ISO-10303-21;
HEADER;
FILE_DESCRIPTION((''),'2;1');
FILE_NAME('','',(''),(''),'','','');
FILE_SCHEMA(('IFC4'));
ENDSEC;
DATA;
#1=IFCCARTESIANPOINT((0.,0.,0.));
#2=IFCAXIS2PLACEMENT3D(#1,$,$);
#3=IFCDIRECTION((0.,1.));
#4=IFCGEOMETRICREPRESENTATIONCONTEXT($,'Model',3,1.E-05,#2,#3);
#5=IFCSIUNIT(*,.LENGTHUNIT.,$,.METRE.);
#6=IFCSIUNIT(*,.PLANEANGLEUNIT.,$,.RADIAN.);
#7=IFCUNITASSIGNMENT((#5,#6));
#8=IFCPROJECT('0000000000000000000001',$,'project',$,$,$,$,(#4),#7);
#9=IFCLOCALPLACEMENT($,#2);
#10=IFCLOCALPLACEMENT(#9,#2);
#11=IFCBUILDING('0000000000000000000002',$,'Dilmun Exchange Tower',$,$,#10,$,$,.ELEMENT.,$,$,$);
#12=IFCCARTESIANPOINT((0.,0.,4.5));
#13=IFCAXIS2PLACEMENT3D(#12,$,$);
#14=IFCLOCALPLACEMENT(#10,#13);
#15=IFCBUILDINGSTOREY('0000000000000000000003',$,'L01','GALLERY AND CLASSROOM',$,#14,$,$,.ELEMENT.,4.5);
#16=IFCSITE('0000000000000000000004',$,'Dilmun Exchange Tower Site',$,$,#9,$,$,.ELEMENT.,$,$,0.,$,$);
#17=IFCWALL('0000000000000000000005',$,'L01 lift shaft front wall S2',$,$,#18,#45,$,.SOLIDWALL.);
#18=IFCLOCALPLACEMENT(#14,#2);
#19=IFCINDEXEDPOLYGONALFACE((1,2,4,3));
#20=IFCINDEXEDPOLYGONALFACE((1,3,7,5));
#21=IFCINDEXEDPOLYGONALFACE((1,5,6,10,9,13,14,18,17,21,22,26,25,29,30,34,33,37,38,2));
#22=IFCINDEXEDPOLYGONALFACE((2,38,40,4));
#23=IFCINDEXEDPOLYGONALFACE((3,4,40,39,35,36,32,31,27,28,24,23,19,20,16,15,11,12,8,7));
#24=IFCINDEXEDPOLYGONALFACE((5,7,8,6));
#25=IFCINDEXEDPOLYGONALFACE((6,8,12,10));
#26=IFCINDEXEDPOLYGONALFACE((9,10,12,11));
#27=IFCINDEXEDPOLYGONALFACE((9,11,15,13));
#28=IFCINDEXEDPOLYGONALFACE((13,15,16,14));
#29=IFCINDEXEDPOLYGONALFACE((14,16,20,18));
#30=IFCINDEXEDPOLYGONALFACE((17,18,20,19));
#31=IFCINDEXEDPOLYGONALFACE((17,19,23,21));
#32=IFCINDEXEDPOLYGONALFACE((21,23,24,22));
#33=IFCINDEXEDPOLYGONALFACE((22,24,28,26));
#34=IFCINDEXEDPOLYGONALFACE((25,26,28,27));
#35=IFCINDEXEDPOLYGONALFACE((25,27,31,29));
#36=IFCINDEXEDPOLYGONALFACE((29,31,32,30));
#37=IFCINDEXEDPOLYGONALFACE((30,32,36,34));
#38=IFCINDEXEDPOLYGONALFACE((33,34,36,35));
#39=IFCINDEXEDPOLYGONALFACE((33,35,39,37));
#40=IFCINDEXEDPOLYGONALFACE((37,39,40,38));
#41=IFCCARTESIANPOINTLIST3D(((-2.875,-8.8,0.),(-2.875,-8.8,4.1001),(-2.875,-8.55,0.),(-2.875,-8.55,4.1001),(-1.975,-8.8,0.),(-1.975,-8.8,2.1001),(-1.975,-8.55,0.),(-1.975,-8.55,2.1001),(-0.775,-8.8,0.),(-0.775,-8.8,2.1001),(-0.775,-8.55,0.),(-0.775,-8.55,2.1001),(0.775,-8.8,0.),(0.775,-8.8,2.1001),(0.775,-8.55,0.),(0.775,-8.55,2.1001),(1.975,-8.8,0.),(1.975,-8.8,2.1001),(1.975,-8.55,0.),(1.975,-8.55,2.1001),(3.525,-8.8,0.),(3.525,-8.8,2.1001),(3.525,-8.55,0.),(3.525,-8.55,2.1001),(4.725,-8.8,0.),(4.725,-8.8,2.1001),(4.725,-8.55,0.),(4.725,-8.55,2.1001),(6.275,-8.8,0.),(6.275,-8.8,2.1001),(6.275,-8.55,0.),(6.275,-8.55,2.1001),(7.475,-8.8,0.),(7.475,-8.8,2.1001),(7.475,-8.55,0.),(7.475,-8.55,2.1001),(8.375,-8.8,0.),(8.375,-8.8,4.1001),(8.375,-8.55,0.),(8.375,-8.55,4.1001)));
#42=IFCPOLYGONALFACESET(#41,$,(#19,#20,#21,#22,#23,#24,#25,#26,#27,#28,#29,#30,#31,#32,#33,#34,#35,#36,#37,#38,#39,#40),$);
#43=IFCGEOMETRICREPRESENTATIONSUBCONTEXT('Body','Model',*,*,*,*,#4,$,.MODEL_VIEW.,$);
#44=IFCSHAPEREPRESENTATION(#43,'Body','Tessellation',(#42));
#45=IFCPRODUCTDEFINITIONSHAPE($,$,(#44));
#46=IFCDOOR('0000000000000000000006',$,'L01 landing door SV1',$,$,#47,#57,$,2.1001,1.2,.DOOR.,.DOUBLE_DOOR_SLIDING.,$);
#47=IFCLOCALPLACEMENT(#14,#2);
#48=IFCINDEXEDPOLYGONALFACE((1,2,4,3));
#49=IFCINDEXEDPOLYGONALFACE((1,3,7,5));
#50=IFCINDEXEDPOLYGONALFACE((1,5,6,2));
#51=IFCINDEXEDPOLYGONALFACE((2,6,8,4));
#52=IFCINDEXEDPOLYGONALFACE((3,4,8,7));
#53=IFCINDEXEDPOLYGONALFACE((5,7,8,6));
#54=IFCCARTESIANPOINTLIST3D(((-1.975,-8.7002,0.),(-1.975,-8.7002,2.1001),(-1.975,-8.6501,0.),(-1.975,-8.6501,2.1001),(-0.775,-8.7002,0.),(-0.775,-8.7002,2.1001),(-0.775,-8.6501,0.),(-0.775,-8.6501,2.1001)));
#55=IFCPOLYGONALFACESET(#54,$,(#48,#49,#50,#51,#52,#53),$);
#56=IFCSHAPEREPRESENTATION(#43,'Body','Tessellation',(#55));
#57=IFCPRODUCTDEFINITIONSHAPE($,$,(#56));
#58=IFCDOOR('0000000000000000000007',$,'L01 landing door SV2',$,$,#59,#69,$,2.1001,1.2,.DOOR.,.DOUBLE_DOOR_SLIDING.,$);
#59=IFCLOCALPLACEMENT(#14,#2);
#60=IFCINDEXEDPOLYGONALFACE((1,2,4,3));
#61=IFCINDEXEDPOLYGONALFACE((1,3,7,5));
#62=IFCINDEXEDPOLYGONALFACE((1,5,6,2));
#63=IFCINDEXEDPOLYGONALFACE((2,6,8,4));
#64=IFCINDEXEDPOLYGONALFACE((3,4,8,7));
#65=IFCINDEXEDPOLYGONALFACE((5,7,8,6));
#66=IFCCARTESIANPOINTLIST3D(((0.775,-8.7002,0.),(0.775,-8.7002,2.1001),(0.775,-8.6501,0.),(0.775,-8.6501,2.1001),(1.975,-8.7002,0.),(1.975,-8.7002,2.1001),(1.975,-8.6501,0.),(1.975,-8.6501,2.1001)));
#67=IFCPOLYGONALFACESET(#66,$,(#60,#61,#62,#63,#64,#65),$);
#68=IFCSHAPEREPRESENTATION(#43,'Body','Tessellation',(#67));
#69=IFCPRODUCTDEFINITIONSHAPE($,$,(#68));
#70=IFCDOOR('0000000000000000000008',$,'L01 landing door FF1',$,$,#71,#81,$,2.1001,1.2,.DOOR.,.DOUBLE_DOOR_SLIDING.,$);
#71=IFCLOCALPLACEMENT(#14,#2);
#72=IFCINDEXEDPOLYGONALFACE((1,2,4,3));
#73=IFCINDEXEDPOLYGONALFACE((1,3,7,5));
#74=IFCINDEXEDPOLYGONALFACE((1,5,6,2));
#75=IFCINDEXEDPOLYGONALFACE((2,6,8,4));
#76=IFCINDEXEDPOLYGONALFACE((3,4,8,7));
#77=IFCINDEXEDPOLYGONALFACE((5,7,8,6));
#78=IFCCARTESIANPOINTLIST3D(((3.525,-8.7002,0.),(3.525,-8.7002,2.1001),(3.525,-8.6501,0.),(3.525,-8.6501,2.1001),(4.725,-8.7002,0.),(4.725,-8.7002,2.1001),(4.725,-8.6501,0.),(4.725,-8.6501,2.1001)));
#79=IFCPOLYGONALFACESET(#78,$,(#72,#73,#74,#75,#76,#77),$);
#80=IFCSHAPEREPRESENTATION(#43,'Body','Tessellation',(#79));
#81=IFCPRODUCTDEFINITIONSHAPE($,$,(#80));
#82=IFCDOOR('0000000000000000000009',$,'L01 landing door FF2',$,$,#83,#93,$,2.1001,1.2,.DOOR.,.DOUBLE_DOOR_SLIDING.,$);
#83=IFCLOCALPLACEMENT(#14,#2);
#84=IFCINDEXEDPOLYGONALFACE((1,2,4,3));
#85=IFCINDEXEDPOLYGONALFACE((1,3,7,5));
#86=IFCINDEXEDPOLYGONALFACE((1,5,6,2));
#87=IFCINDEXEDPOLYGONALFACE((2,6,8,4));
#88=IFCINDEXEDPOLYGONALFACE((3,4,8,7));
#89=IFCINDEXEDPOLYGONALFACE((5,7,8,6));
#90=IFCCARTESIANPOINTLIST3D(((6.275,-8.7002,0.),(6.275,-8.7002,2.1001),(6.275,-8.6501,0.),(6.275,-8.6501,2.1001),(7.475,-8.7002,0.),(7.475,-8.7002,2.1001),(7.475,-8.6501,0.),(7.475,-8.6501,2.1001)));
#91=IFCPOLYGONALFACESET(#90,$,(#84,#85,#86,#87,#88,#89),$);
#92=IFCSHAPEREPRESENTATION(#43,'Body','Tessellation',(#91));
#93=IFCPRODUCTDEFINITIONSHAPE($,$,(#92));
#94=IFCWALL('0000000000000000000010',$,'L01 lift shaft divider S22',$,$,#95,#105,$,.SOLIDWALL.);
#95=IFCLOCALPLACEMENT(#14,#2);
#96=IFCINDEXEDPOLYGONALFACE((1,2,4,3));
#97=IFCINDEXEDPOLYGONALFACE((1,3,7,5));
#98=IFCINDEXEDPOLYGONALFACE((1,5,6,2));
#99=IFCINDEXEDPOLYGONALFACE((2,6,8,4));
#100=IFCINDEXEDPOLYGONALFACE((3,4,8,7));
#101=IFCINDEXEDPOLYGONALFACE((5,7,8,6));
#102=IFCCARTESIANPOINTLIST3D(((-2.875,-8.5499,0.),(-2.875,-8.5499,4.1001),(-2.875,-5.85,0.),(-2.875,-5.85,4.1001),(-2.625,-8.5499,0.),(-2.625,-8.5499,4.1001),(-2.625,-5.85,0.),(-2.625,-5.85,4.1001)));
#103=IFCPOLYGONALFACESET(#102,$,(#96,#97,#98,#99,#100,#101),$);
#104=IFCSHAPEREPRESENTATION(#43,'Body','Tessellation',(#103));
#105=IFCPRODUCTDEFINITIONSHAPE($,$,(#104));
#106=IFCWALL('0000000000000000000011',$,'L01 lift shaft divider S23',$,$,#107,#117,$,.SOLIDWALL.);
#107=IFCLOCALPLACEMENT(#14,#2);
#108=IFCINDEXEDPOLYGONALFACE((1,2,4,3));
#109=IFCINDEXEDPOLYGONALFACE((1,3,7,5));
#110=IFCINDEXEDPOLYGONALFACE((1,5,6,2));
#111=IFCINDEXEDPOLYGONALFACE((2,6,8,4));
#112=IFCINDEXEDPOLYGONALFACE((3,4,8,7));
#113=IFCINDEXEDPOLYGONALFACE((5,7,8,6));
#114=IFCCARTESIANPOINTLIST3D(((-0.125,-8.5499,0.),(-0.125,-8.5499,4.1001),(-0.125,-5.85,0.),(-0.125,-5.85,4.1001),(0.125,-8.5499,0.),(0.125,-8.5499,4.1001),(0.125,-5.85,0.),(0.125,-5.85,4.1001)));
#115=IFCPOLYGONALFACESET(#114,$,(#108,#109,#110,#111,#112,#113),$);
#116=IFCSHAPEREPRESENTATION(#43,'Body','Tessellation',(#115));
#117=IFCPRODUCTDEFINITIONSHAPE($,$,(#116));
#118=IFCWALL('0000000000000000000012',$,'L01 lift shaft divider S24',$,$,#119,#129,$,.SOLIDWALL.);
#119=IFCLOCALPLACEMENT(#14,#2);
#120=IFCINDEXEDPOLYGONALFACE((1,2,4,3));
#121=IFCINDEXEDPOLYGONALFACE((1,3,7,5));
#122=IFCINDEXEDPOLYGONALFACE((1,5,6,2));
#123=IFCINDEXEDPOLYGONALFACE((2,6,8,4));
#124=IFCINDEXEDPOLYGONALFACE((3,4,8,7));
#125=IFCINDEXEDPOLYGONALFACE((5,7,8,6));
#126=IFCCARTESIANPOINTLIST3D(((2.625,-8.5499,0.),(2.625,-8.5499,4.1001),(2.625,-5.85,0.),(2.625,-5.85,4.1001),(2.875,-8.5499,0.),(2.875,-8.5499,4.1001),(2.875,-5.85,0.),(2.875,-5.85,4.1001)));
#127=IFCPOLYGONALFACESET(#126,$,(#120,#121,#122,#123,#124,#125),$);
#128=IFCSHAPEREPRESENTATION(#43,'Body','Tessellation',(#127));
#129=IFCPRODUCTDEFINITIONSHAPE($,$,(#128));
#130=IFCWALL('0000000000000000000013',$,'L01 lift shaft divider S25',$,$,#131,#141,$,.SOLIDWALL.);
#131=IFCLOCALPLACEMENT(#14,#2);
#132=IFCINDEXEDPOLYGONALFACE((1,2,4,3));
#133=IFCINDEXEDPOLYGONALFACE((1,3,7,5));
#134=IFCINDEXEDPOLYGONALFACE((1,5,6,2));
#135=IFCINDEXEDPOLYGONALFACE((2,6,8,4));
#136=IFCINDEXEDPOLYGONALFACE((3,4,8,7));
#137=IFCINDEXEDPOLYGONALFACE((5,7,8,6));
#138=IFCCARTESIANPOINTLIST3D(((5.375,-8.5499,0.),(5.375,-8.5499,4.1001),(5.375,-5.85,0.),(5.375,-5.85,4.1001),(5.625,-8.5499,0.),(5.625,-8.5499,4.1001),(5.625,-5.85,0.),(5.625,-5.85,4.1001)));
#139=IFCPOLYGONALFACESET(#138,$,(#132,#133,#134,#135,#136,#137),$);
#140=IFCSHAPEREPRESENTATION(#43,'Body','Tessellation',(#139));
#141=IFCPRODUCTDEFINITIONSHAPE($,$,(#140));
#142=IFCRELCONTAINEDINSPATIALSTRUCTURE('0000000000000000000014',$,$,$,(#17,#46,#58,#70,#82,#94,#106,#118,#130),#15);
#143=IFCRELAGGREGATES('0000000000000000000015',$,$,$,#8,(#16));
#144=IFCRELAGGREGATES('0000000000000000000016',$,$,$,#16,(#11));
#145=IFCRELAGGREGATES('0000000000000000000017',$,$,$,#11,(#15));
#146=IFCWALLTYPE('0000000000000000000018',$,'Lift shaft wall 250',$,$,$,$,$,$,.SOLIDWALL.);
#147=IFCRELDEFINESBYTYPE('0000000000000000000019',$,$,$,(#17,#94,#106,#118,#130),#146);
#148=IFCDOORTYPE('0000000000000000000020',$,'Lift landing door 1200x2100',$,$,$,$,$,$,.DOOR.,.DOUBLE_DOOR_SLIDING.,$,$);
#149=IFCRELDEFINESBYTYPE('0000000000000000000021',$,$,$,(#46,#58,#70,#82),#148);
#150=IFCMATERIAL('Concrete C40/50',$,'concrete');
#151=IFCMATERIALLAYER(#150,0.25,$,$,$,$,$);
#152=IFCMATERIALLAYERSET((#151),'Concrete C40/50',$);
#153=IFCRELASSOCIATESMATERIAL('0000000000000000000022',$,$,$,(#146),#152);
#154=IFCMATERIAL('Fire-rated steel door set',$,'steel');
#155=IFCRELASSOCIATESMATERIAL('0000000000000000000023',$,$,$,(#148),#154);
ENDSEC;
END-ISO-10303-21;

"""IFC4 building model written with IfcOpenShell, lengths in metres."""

from ifc_helpers import new_model, si_unit, direction, frame, frame_2d, origin, place, context, subcontext, project, spatial, rectangle, extrude, material, layer, layer_set, type_object, element, fill, save


model = new_model("IFC4")

# Units and contexts
model_context = context("Model", 3, precision=1e-05, world=origin(), true_north=direction((0.0, 1.0)))
body_context = subcontext(model_context, "Body", "Model", "MODEL_VIEW")
ifc_project = project(units=[si_unit("LENGTHUNIT", "METRE"), si_unit("PLANEANGLEUNIT", "RADIAN")], contexts=[model_context])

# Site, building, storey
site_placement = place(None, origin())
site = spatial("IfcSite", under=ifc_project, at=site_placement, Name="Dilmun Exchange Tower Site", CompositionType="ELEMENT", RefElevation=0.0)
building_placement = place(site_placement, origin())
building = spatial("IfcBuilding", under=site, at=building_placement, Name="Dilmun Exchange Tower", CompositionType="ELEMENT")
storey_placement = place(building_placement, frame((0.0, 0.0, 4.5)))
storey = spatial("IfcBuildingStorey", under=building, at=storey_placement, Name="L01", Description="GALLERY AND CLASSROOM", CompositionType="ELEMENT", Elevation=4.5)

# Shared definitions
ifc_material_1 = material(Name="Concrete C40/50", Category="concrete")
ifc_material_2 = material(Name="Fire-rated steel door set", Category="steel")

# Wall, openings, doors
ifc_layer_1 = layer(ifc_material_1, 0.25)
ifc_layer_set_1 = layer_set([ifc_layer_1], Name="Concrete C40/50")
wall_type_1 = type_object("IfcWallType", Name="Lift shaft wall 250", PredefinedType="SOLIDWALL", material=ifc_layer_set_1)
wall_1_placement = place(storey_placement, frame((-2.875, -8.675, 0.0), z_axis=(0.0, 0.0, 1.0), x_axis=(1.0, 0.0, 0.0)))
wall_1 = element("IfcWall", 1, at=wall_1_placement, inside=storey, type_object=wall_type_1, Name="L01 lift shaft front wall S2", PredefinedType="SOLIDWALL", context=body_context, shape_type="SweptSolid", body=[
    extrude(rectangle(XDim=11.25, YDim=0.25, at=frame_2d((5.625, 0.0))), origin(), (0.0, 0.0, 1.0), 4.1001),
])
opening_1_placement = place(wall_1_placement, frame((0.8999, 0.0, 0.0)))
opening_1 = element("IfcOpeningElement", 2, at=opening_1_placement, cuts=wall_1, PredefinedType="OPENING", context=body_context, shape_type="SweptSolid", body=[
    extrude(rectangle(XDim=1.2, YDim=2.1001, at=frame_2d((0.6001, 1.05))), frame((0.0, 0.135, 0.0), z_axis=(0.0, -1.0, 0.0), x_axis=(1.0, 0.0, 0.0)), (0.0, 0.0, 1.0), 0.27),
])
opening_2_placement = place(wall_1_placement, frame((3.6499, 0.0, 0.0)))
opening_2 = element("IfcOpeningElement", 3, at=opening_2_placement, cuts=wall_1, PredefinedType="OPENING", context=body_context, shape_type="SweptSolid", body=[
    extrude(rectangle(XDim=1.2, YDim=2.1001, at=frame_2d((0.6001, 1.05))), frame((0.0, 0.135, 0.0), z_axis=(0.0, -1.0, 0.0), x_axis=(1.0, 0.0, 0.0)), (0.0, 0.0, 1.0), 0.27),
])
opening_3_placement = place(wall_1_placement, frame((6.3999, 0.0, 0.0)))
opening_3 = element("IfcOpeningElement", 4, at=opening_3_placement, cuts=wall_1, PredefinedType="OPENING", context=body_context, shape_type="SweptSolid", body=[
    extrude(rectangle(XDim=1.2, YDim=2.1001, at=frame_2d((0.6001, 1.05))), frame((0.0, 0.135, 0.0), z_axis=(0.0, -1.0, 0.0), x_axis=(1.0, 0.0, 0.0)), (0.0, 0.0, 1.0), 0.27),
])
opening_4_placement = place(wall_1_placement, frame((9.1499, 0.0, 0.0)))
opening_4 = element("IfcOpeningElement", 5, at=opening_4_placement, cuts=wall_1, PredefinedType="OPENING", context=body_context, shape_type="SweptSolid", body=[
    extrude(rectangle(XDim=1.2, YDim=2.1001, at=frame_2d((0.6001, 1.05))), frame((0.0, 0.135, 0.0), z_axis=(0.0, -1.0, 0.0), x_axis=(1.0, 0.0, 0.0)), (0.0, 0.0, 1.0), 0.27),
])
door_type_1 = type_object("IfcDoorType", Name="Lift landing door 1200x2100", OperationType="DOUBLE_DOOR_SLIDING", PredefinedType="DOOR", material=ifc_material_2)
door_1_placement = place(opening_1_placement, origin())
door_1 = element("IfcDoor", 6, at=door_1_placement, inside=storey, type_object=door_type_1, Name="L01 landing door SV1", OperationType="DOUBLE_DOOR_SLIDING", OverallHeight=2.1001, OverallWidth=1.2, PredefinedType="DOOR", context=body_context, shape_type="SweptSolid", body=[
    extrude(rectangle(XDim=1.2, YDim=2.1001, at=frame_2d((0.6001, 1.05))), frame((0.0, 0.0249, 0.0), z_axis=(0.0, -1.0, 0.0), x_axis=(1.0, 0.0, 0.0)), (0.0, 0.0, 1.0), 0.05),
])
fill(opening_1, door_1)
door_2_placement = place(opening_2_placement, origin())
door_2 = element("IfcDoor", 7, at=door_2_placement, inside=storey, type_object=door_type_1, Name="L01 landing door SV2", OperationType="DOUBLE_DOOR_SLIDING", OverallHeight=2.1001, OverallWidth=1.2, PredefinedType="DOOR", context=body_context, shape_type="SweptSolid", body=[
    extrude(rectangle(XDim=1.2, YDim=2.1001, at=frame_2d((0.6001, 1.05))), frame((0.0, 0.0249, 0.0), z_axis=(0.0, -1.0, 0.0), x_axis=(1.0, 0.0, 0.0)), (0.0, 0.0, 1.0), 0.05),
])
fill(opening_2, door_2)
door_3_placement = place(opening_3_placement, origin())
door_3 = element("IfcDoor", 8, at=door_3_placement, inside=storey, type_object=door_type_1, Name="L01 landing door FF1", OperationType="DOUBLE_DOOR_SLIDING", OverallHeight=2.1001, OverallWidth=1.2, PredefinedType="DOOR", context=body_context, shape_type="SweptSolid", body=[
    extrude(rectangle(XDim=1.2, YDim=2.1001, at=frame_2d((0.6001, 1.05))), frame((0.0, 0.0249, 0.0), z_axis=(0.0, -1.0, 0.0), x_axis=(1.0, 0.0, 0.0)), (0.0, 0.0, 1.0), 0.05),
])
fill(opening_3, door_3)
door_4_placement = place(opening_4_placement, origin())
door_4 = element("IfcDoor", 9, at=door_4_placement, inside=storey, type_object=door_type_1, Name="L01 landing door FF2", OperationType="DOUBLE_DOOR_SLIDING", OverallHeight=2.1001, OverallWidth=1.2, PredefinedType="DOOR", context=body_context, shape_type="SweptSolid", body=[
    extrude(rectangle(XDim=1.2, YDim=2.1001, at=frame_2d((0.6001, 1.05))), frame((0.0, 0.0249, 0.0), z_axis=(0.0, -1.0, 0.0), x_axis=(1.0, 0.0, 0.0)), (0.0, 0.0, 1.0), 0.05),
])
fill(opening_4, door_4)

# Walls
for number, where, z_axis, x_axis, name in (
    (10, (-2.75, -8.55, 0.0), (0.0, 0.0, 1.0), (0.0, 1.0, 0.0), "L01 lift shaft divider S22"),
    (11, (0.0, -8.55, 0.0), (0.0, 0.0, 1.0), (0.0, 1.0, 0.0), "L01 lift shaft divider S23"),
    (12, (2.75, -8.55, 0.0), (0.0, 0.0, 1.0), (0.0, 1.0, 0.0), "L01 lift shaft divider S24"),
    (13, (5.5, -8.55, 0.0), (0.0, 0.0, 1.0), (0.0, 1.0, 0.0), "L01 lift shaft divider S25"),
):
    element("IfcWall", number, at=place(storey_placement, frame(where, z_axis=z_axis, x_axis=x_axis)), inside=storey, type_object=wall_type_1, Name=name, PredefinedType="SOLIDWALL", context=body_context, shape_type="SweptSolid", body=[
        extrude(rectangle(XDim=2.7, YDim=0.25, at=frame_2d((1.3501, 0.0))), origin(), (0.0, 0.0, 1.0), 4.1001),
    ])

save(model, "model.ifc")
